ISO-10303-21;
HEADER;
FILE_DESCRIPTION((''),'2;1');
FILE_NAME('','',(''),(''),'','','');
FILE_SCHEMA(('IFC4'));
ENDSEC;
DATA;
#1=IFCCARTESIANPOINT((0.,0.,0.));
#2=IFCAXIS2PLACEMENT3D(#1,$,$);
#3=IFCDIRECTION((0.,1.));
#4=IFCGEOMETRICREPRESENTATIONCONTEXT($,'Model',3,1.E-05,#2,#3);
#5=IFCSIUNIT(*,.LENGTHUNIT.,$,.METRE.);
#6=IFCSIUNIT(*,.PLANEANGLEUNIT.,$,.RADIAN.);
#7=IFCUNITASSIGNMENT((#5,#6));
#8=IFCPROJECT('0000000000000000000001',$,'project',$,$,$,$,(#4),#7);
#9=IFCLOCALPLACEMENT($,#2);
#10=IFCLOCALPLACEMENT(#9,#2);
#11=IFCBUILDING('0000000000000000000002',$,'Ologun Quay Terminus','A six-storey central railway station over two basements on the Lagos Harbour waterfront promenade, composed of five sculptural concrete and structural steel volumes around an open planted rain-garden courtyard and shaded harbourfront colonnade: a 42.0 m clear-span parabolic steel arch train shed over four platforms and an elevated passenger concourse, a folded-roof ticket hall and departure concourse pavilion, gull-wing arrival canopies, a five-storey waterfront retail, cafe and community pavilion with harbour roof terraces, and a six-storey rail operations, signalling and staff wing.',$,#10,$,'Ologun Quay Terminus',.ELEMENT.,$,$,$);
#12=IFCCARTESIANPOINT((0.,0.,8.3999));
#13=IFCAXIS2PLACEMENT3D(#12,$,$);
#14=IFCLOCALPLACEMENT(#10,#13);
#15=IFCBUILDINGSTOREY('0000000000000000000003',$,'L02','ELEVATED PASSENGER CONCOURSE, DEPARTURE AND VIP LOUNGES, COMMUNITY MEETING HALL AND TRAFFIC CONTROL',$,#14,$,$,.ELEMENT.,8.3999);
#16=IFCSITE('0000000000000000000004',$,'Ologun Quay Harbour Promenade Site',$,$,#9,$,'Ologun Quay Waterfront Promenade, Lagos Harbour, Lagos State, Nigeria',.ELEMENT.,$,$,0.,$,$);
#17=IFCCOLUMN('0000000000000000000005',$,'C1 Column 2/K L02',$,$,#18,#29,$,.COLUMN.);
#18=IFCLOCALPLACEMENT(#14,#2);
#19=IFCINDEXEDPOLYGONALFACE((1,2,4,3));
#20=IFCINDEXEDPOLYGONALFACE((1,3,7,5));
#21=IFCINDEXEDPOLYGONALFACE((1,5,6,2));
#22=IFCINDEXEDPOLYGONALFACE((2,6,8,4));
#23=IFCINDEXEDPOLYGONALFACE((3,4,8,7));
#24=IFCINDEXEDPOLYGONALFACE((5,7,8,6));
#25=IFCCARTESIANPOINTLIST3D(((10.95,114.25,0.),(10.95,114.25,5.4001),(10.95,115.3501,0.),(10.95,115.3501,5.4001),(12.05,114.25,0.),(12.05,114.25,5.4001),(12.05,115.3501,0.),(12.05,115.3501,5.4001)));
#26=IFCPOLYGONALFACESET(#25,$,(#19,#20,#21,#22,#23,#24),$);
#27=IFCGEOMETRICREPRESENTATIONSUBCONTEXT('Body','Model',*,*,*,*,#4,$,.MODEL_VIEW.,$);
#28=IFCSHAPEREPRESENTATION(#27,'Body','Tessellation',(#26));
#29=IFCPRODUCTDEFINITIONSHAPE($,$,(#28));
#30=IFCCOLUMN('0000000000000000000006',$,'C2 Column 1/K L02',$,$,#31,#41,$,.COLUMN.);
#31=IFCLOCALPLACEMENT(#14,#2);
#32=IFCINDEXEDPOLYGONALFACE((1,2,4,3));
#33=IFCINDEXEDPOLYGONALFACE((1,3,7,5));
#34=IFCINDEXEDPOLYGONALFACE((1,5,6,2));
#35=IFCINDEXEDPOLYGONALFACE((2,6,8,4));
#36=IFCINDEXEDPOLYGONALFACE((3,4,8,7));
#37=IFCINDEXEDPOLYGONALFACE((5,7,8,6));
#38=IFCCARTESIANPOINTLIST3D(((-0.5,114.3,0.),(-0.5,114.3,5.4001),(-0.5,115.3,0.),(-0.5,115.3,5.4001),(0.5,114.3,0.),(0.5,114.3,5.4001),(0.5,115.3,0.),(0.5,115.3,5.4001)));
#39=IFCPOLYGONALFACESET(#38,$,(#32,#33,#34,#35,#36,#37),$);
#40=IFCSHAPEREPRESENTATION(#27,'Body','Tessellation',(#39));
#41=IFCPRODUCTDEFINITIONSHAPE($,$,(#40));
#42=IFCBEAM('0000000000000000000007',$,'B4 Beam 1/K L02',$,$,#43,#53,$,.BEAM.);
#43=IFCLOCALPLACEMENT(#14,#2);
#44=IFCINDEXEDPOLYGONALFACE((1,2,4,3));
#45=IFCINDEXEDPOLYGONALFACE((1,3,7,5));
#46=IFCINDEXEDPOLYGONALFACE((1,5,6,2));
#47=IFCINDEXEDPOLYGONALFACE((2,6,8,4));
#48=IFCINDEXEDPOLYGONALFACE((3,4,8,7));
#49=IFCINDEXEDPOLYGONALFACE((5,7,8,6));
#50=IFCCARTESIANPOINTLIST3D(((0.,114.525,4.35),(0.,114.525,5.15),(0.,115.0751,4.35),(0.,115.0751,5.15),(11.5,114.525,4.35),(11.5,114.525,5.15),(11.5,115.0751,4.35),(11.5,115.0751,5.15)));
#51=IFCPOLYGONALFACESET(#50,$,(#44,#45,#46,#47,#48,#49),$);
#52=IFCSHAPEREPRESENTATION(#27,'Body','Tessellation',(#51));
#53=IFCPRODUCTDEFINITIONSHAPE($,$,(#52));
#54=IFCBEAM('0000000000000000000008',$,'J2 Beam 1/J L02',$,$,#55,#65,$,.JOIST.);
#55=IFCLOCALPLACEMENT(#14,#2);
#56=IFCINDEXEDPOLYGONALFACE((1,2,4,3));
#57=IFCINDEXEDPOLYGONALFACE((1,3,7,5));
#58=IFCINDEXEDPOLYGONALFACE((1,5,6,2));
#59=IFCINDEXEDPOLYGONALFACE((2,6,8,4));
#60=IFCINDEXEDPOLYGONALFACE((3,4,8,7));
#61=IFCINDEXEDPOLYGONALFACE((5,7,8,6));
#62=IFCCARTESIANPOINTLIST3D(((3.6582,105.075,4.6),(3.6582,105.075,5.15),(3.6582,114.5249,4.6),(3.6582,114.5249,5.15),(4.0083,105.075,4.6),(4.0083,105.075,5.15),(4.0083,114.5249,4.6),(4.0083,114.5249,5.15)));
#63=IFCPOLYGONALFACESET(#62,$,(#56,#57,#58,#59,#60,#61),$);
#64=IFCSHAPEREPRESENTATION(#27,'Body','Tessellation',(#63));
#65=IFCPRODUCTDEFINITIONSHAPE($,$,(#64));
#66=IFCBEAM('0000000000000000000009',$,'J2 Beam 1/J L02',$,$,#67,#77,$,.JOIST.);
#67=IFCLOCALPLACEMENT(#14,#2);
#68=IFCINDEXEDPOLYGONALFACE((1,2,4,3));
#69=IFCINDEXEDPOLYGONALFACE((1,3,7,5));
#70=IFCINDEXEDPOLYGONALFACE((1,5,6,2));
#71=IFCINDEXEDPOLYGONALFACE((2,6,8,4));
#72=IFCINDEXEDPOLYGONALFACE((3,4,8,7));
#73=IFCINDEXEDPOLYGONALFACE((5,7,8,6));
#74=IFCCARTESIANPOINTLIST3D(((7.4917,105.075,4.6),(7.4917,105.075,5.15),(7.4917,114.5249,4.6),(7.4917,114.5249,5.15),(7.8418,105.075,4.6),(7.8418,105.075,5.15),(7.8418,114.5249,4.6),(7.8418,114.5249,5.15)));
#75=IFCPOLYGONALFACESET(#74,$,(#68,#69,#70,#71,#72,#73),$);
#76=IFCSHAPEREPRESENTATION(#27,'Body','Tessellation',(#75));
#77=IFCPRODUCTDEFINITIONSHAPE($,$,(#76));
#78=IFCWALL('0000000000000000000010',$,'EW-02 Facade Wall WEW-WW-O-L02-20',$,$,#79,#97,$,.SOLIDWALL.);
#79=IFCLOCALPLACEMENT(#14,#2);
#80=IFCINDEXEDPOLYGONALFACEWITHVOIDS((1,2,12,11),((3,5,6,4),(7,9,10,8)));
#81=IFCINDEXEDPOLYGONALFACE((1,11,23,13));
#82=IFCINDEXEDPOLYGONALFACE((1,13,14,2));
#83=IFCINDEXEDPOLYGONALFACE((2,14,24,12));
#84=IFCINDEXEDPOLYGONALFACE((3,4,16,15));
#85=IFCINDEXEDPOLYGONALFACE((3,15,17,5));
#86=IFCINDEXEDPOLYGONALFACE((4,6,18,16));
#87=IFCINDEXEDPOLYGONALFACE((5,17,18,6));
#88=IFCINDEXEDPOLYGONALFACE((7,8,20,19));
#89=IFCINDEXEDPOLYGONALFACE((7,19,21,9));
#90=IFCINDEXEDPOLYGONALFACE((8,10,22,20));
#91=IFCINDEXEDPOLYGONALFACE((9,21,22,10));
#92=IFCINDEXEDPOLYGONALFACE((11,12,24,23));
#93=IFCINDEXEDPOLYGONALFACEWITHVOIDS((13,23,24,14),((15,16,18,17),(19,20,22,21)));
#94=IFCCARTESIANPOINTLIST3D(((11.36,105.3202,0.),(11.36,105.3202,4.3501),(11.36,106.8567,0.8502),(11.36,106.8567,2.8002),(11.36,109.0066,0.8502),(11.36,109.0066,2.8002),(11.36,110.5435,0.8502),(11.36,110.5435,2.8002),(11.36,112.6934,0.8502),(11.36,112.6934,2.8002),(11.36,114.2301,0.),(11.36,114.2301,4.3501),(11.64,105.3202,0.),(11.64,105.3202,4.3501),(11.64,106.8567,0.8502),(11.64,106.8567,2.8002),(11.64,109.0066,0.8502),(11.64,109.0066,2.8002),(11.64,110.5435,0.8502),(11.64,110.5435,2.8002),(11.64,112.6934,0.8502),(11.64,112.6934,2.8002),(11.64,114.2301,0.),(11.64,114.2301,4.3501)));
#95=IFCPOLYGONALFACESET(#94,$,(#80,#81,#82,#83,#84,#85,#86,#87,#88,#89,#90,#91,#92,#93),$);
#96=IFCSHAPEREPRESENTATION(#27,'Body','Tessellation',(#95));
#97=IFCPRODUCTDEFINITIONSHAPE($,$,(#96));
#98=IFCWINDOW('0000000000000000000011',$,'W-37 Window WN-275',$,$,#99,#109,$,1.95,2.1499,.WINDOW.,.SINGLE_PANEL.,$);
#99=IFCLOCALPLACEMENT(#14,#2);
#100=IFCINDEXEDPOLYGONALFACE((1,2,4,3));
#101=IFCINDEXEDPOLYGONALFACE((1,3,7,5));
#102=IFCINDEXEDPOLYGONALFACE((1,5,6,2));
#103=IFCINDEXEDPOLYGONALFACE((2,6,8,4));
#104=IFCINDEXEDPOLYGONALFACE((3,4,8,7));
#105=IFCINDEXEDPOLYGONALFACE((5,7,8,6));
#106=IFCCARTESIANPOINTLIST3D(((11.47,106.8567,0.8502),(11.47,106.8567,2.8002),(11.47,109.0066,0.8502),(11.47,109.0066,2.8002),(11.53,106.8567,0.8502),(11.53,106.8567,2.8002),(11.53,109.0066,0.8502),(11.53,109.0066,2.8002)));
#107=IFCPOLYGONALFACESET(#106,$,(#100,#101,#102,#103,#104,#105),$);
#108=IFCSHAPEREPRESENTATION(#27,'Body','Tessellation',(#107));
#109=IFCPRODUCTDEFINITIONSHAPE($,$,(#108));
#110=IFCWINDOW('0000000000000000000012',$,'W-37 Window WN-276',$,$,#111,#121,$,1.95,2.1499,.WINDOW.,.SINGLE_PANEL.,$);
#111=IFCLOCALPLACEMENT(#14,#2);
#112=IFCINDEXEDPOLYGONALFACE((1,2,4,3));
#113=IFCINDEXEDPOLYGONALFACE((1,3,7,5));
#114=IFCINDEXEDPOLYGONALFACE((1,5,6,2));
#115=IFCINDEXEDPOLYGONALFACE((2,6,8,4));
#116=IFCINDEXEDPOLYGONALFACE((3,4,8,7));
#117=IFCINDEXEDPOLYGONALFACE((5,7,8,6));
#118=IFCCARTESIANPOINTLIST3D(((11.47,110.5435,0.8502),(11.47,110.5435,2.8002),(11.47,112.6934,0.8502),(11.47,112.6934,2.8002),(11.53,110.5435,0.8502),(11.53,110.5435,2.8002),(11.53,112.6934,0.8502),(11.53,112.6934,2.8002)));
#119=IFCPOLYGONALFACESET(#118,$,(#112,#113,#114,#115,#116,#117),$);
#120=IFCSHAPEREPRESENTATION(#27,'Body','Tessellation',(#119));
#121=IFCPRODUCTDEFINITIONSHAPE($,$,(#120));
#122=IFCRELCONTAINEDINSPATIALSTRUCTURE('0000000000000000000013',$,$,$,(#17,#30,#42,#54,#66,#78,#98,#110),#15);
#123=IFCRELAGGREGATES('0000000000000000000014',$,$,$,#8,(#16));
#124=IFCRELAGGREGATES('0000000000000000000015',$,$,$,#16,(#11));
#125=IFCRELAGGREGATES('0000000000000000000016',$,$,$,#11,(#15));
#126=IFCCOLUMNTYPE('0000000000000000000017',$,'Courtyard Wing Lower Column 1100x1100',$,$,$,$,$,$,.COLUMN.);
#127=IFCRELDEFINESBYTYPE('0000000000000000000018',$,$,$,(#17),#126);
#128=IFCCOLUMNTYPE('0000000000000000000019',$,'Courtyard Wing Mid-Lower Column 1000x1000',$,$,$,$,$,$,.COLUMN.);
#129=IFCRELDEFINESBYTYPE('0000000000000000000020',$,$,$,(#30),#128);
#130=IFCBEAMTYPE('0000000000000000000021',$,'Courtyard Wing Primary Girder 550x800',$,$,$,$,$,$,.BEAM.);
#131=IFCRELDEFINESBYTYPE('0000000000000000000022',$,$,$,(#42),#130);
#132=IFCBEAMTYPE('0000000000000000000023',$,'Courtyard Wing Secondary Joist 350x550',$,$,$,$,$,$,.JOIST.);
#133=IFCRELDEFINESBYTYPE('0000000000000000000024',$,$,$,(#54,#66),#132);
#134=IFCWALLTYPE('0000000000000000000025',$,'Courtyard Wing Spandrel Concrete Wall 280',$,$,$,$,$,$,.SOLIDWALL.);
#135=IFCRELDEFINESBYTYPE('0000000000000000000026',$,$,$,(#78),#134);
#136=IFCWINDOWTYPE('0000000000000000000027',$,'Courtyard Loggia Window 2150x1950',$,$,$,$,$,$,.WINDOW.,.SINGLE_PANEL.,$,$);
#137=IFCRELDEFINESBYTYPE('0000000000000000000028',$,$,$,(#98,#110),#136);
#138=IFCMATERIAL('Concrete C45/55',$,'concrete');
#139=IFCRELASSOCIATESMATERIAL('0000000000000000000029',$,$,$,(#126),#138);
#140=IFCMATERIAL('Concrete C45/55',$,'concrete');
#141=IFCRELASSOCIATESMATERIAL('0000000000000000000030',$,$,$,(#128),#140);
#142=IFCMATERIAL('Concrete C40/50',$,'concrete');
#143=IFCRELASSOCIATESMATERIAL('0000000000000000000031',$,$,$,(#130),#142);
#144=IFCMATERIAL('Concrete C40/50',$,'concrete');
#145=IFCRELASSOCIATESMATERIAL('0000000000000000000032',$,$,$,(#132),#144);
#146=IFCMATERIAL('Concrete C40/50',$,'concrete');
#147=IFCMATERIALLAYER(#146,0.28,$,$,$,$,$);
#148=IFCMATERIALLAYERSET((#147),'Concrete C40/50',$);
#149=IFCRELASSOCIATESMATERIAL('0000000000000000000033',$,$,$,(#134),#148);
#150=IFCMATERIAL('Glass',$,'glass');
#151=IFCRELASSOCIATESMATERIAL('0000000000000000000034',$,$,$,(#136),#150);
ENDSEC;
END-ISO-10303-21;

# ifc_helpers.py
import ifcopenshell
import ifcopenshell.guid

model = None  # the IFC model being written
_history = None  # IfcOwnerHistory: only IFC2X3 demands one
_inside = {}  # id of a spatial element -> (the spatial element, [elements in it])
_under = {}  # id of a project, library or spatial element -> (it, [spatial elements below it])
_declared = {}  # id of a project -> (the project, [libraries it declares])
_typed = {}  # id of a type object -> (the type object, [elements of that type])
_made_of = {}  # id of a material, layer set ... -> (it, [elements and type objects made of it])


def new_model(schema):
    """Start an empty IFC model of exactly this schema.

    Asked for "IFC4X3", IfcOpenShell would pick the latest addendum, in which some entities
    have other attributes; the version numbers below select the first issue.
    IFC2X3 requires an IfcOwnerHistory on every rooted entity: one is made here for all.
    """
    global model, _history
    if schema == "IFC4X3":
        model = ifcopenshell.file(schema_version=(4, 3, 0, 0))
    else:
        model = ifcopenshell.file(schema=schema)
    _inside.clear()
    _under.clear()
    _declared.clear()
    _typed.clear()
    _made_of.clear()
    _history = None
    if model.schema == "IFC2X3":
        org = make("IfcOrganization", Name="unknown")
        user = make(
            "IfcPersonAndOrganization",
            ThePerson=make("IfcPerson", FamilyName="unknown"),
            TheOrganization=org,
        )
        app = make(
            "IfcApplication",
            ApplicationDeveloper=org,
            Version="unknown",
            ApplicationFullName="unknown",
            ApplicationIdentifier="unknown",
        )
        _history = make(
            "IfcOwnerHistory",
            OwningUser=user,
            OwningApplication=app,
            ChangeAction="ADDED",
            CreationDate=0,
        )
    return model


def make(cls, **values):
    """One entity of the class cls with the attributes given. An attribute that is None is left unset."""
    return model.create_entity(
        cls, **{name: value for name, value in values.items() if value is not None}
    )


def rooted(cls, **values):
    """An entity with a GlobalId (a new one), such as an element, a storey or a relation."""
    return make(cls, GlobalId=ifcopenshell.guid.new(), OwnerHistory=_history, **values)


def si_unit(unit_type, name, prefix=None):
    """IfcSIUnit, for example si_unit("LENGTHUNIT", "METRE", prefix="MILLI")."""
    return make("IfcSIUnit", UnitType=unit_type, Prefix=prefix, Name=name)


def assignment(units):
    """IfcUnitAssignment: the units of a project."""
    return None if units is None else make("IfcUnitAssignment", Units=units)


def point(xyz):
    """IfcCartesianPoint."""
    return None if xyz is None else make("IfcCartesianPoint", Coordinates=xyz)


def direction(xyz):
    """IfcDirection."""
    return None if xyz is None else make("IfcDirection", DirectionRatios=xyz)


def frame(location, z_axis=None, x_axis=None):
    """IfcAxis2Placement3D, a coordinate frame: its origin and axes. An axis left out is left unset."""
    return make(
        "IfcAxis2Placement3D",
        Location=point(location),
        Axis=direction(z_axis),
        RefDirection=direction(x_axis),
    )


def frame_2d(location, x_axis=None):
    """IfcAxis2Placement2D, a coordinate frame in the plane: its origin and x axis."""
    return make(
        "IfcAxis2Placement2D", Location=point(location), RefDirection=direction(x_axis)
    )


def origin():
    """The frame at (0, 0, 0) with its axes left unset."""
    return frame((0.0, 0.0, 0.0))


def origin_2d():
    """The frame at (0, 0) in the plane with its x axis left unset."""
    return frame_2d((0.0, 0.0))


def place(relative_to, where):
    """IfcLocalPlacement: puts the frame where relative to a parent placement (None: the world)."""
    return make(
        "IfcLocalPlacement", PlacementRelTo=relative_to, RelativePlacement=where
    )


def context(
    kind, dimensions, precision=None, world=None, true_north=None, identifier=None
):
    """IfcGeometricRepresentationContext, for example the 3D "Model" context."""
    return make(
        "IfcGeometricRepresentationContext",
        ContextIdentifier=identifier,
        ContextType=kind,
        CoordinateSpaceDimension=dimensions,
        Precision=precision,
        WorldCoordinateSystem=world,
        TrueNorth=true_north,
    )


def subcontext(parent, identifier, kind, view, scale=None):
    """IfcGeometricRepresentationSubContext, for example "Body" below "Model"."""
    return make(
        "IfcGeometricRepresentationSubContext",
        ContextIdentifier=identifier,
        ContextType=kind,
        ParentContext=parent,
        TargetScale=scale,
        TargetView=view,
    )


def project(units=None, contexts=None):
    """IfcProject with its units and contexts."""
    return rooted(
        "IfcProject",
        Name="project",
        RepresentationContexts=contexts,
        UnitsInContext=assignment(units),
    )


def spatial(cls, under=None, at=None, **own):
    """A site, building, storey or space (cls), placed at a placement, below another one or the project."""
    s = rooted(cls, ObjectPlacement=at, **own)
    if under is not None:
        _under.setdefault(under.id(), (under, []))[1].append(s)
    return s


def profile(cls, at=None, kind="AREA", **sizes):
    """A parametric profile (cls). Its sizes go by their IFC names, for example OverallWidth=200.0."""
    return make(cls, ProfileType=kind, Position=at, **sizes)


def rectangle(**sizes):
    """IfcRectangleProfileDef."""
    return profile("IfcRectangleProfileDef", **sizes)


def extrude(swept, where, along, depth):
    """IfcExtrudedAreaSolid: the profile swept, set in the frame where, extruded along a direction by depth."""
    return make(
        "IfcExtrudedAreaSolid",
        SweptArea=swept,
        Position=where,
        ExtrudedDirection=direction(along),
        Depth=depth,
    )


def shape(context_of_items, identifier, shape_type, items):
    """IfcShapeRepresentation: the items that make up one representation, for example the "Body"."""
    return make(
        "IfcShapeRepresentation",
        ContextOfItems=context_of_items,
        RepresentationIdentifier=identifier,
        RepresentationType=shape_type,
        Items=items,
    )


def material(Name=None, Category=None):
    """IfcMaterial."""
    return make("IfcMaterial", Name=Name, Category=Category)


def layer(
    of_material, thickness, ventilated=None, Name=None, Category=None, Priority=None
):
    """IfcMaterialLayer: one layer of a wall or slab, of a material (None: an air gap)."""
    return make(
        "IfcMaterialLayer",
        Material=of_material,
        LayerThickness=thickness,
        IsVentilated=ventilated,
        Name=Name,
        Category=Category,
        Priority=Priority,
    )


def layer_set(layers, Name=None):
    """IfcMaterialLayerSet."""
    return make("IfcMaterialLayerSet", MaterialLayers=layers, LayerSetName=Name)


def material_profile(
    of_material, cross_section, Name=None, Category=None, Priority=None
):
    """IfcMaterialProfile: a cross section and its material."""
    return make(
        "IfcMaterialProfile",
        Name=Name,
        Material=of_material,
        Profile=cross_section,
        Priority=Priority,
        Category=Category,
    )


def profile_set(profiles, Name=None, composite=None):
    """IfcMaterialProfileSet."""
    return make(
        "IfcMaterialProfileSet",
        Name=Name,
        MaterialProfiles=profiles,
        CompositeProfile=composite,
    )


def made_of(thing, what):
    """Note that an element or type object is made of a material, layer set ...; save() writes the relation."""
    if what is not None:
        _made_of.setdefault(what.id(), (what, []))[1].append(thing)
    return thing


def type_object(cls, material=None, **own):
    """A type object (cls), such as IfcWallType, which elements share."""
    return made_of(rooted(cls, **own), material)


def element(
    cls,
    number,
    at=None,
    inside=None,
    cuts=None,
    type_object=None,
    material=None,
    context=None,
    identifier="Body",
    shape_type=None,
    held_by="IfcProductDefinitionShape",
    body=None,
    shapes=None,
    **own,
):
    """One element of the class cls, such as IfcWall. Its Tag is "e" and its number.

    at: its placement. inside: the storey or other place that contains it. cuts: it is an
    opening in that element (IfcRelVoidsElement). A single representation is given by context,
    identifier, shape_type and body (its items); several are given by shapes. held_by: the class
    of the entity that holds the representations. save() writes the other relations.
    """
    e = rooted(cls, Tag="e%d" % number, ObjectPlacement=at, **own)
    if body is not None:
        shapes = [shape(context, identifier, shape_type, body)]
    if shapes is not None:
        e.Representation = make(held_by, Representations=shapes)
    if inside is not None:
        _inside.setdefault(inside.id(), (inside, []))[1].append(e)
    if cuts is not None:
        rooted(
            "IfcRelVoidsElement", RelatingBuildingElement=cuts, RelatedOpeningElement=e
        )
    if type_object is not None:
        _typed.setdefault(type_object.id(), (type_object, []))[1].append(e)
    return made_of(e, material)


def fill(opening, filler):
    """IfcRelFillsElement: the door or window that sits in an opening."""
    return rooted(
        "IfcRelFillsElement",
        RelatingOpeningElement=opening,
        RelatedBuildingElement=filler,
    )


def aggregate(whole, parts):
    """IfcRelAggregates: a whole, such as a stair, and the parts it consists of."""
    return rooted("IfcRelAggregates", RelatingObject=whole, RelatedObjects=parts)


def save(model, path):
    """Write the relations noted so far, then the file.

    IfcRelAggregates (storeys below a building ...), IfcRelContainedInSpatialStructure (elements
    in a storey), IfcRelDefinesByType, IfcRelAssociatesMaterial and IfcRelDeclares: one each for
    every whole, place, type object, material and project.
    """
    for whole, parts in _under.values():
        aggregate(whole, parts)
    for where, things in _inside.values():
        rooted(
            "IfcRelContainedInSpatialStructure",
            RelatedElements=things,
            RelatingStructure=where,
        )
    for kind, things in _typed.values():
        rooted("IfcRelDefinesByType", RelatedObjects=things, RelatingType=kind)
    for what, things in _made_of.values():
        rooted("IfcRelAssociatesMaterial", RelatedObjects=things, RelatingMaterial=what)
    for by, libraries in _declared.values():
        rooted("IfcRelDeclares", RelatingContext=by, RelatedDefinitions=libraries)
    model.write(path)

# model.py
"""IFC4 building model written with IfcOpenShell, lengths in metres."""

from ifc_helpers import new_model, si_unit, direction, frame, frame_2d, origin, origin_2d, place, context, subcontext, project, spatial, rectangle, extrude, material, layer, layer_set, material_profile, profile_set, type_object, element, fill, save


model = new_model("IFC4")

# Units and contexts
model_context = context("Model", 3, precision=1e-05, world=origin(), true_north=direction((0.0, 1.0)))
body_context = subcontext(model_context, "Body", "Model", "MODEL_VIEW")
ifc_project = project(units=[si_unit("LENGTHUNIT", "METRE"), si_unit("PLANEANGLEUNIT", "RADIAN")], contexts=[model_context])

# Site, building, storey
site_placement = place(None, origin())
site = spatial("IfcSite", under=ifc_project, at=site_placement, Name="Ologun Quay Harbour Promenade Site", LongName="Ologun Quay Waterfront Promenade, Lagos Harbour, Lagos State, Nigeria", CompositionType="ELEMENT", RefElevation=0.0)
building_placement = place(site_placement, origin())
building = spatial("IfcBuilding", under=site, at=building_placement, Name="Ologun Quay Terminus", Description="A six-storey central railway station over two basements on the Lagos Harbour waterfront promenade, composed of five sculptural concrete and structural steel volumes around an open planted rain-garden courtyard and shaded harbourfront colonnade: a 42.0 m clear-span parabolic steel arch train shed over four platforms and an elevated passenger concourse, a folded-roof ticket hall and departure concourse pavilion, gull-wing arrival canopies, a five-storey waterfront retail, cafe and community pavilion with harbour roof terraces, and a six-storey rail operations, signalling and staff wing.", LongName="Ologun Quay Terminus", CompositionType="ELEMENT")
storey_placement = place(building_placement, frame((0.0, 0.0, 8.3999)))
storey = spatial("IfcBuildingStorey", under=building, at=storey_placement, Name="L02", Description="ELEVATED PASSENGER CONCOURSE, DEPARTURE AND VIP LOUNGES, COMMUNITY MEETING HALL AND TRAFFIC CONTROL", CompositionType="ELEMENT", Elevation=8.3999)

# Columns
ifc_material_1 = material(Name="Concrete C45/55", Category="concrete")
ifc_material_profile_1 = material_profile(ifc_material_1, rectangle(XDim=1.1001, YDim=1.1001, at=origin_2d()), Name="RC 1100x1100")
ifc_profile_set_1 = profile_set([ifc_material_profile_1], Name="Concrete C45/55")
column_type_1 = type_object("IfcColumnType", Name="Courtyard Wing Lower Column 1100x1100", PredefinedType="COLUMN", material=ifc_profile_set_1)
column_1_placement = place(storey_placement, frame((11.5, 114.8, 0.0), z_axis=(0.0, 0.0, 1.0), x_axis=(1.0, 0.0, 0.0)))
element("IfcColumn", 1, at=column_1_placement, inside=storey, type_object=column_type_1, Name="C1 Column 2/K L02", PredefinedType="COLUMN", context=body_context, shape_type="SweptSolid", body=[
    extrude(rectangle(XDim=1.1001, YDim=1.1001, at=origin_2d()), origin(), (0.0, 0.0, 1.0), 5.4001),
])
ifc_material_2 = material(Name="Concrete C45/55", Category="concrete")
ifc_material_profile_2 = material_profile(ifc_material_2, rectangle(XDim=1.0, YDim=1.0, at=origin_2d()), Name="RC 1000x1000")
ifc_profile_set_2 = profile_set([ifc_material_profile_2], Name="Concrete C45/55")
column_type_2 = type_object("IfcColumnType", Name="Courtyard Wing Mid-Lower Column 1000x1000", PredefinedType="COLUMN", material=ifc_profile_set_2)
column_2_placement = place(storey_placement, frame((0.0, 114.8, 0.0), z_axis=(0.0, 0.0, 1.0), x_axis=(1.0, 0.0, 0.0)))
element("IfcColumn", 2, at=column_2_placement, inside=storey, type_object=column_type_2, Name="C2 Column 1/K L02", PredefinedType="COLUMN", context=body_context, shape_type="SweptSolid", body=[
    extrude(rectangle(XDim=1.0, YDim=1.0, at=origin_2d()), origin(), (0.0, 0.0, 1.0), 5.4001),
])

# Beams
ifc_material_3 = material(Name="Concrete C40/50", Category="concrete")
ifc_material_profile_3 = material_profile(ifc_material_3, rectangle(XDim=0.55, YDim=0.8, at=origin_2d()), Name="RC 550x800")
ifc_profile_set_3 = profile_set([ifc_material_profile_3], Name="Concrete C40/50")
beam_type_1 = type_object("IfcBeamType", Name="Courtyard Wing Primary Girder 550x800", PredefinedType="BEAM", material=ifc_profile_set_3)
beam_placement = place(storey_placement, frame((0.0, 114.8, 4.75), z_axis=(1.0, 0.0, 0.0), x_axis=(0.0, 1.0, 0.0)))
element("IfcBeam", 3, at=beam_placement, inside=storey, type_object=beam_type_1, Name="B4 Beam 1/K L02", PredefinedType="BEAM", context=body_context, shape_type="SweptSolid", body=[
    extrude(rectangle(XDim=0.55, YDim=0.8, at=origin_2d()), origin(), (0.0, 0.0, 1.0), 11.5),
])
ifc_material_4 = material(Name="Concrete C40/50", Category="concrete")
ifc_material_profile_4 = material_profile(ifc_material_4, rectangle(XDim=0.3501, YDim=0.55, at=origin_2d()), Name="RC 350x550")
ifc_profile_set_4 = profile_set([ifc_material_profile_4], Name="Concrete C40/50")
beam_type_2 = type_object("IfcBeamType", Name="Courtyard Wing Secondary Joist 350x550", PredefinedType="JOIST", material=ifc_profile_set_4)
for number, where, z_axis, x_axis, name in (
    (4, (3.8333, 105.075, 4.875), (0.0, 1.0, 0.0), (-1.0, 0.0, 0.0), "J2 Beam 1/J L02"),
    (5, (7.6667, 105.075, 4.875), (0.0, 1.0, 0.0), (-1.0, 0.0, 0.0), "J2 Beam 1/J L02"),
):
    element("IfcBeam", number, at=place(storey_placement, frame(where, z_axis=z_axis, x_axis=x_axis)), inside=storey, type_object=beam_type_2, Name=name, PredefinedType="JOIST", context=body_context, shape_type="SweptSolid", body=[
        extrude(rectangle(XDim=0.3501, YDim=0.55, at=origin_2d()), origin(), (0.0, 0.0, 1.0), 9.45),
    ])

# Wall, openings, windows
ifc_material_5 = material(Name="Concrete C40/50", Category="concrete")
ifc_layer_1 = layer(ifc_material_5, 0.28)
ifc_layer_set_1 = layer_set([ifc_layer_1], Name="Concrete C40/50")
wall_type = type_object("IfcWallType", Name="Courtyard Wing Spandrel Concrete Wall 280", PredefinedType="SOLIDWALL", material=ifc_layer_set_1)
wall_1_placement = place(storey_placement, frame((11.5, 105.3201, 0.0), z_axis=(0.0, 0.0, 1.0), x_axis=(0.0, 1.0, 0.0)))
wall_1 = element("IfcWall", 6, at=wall_1_placement, inside=storey, type_object=wall_type, Name="EW-02 Facade Wall WEW-WW-O-L02-20", PredefinedType="SOLIDWALL", context=body_context, shape_type="SweptSolid", body=[
    extrude(rectangle(XDim=8.9099, YDim=0.28, at=frame_2d((4.4551, 0.0))), origin(), (0.0, 0.0, 1.0), 4.3501),
])
opening_1_placement = place(wall_1_placement, frame((1.5366, 0.0, 0.8501)))
opening_1 = element("IfcOpeningElement", 7, at=opening_1_placement, cuts=wall_1, PredefinedType="OPENING", context=body_context, shape_type="SweptSolid", body=[
    extrude(rectangle(XDim=2.1499, YDim=1.95, at=frame_2d((1.075, 0.9751))), frame((0.0, 0.1499, 0.0), z_axis=(0.0, -1.0, 0.0), x_axis=(1.0, 0.0, 0.0)), (0.0, 0.0, 1.0), 0.3),
])
opening_2_placement = place(wall_1_placement, frame((5.2234, 0.0, 0.8501)))
opening_2 = element("IfcOpeningElement", 8, at=opening_2_placement, cuts=wall_1, PredefinedType="OPENING", context=body_context, shape_type="SweptSolid", body=[
    extrude(rectangle(XDim=2.1499, YDim=1.95, at=frame_2d((1.075, 0.9751))), frame((0.0, 0.1499, 0.0), z_axis=(0.0, -1.0, 0.0), x_axis=(1.0, 0.0, 0.0)), (0.0, 0.0, 1.0), 0.3),
])
ifc_material_6 = material(Name="Glass", Category="glass")
window_type_1 = type_object("IfcWindowType", Name="Courtyard Loggia Window 2150x1950", PartitioningType="SINGLE_PANEL", PredefinedType="WINDOW", material=ifc_material_6)
window_1_placement = place(opening_1_placement, origin())
window_1 = element("IfcWindow", 9, at=window_1_placement, inside=storey, type_object=window_type_1, Name="W-37 Window WN-275", OverallHeight=1.95, OverallWidth=2.1499, PartitioningType="SINGLE_PANEL", PredefinedType="WINDOW", context=body_context, shape_type="SweptSolid", body=[
    extrude(rectangle(XDim=2.1499, YDim=1.95, at=frame_2d((1.075, 0.9751))), frame((0.0, 0.03, 0.0), z_axis=(0.0, -1.0, 0.0), x_axis=(1.0, 0.0, 0.0)), (0.0, 0.0, 1.0), 0.0601),
])
fill(opening_1, window_1)
window_2_placement = place(opening_2_placement, origin())
window_2 = element("IfcWindow", 10, at=window_2_placement, inside=storey, type_object=window_type_1, Name="W-37 Window WN-276", OverallHeight=1.95, OverallWidth=2.1499, PartitioningType="SINGLE_PANEL", PredefinedType="WINDOW", context=body_context, shape_type="SweptSolid", body=[
    extrude(rectangle(XDim=2.1499, YDim=1.95, at=frame_2d((1.075, 0.9751))), frame((0.0, 0.03, 0.0), z_axis=(0.0, -1.0, 0.0), x_axis=(1.0, 0.0, 0.0)), (0.0, 0.0, 1.0), 0.0601),
])
fill(opening_2, window_2)

save(model, "model.ifc")
